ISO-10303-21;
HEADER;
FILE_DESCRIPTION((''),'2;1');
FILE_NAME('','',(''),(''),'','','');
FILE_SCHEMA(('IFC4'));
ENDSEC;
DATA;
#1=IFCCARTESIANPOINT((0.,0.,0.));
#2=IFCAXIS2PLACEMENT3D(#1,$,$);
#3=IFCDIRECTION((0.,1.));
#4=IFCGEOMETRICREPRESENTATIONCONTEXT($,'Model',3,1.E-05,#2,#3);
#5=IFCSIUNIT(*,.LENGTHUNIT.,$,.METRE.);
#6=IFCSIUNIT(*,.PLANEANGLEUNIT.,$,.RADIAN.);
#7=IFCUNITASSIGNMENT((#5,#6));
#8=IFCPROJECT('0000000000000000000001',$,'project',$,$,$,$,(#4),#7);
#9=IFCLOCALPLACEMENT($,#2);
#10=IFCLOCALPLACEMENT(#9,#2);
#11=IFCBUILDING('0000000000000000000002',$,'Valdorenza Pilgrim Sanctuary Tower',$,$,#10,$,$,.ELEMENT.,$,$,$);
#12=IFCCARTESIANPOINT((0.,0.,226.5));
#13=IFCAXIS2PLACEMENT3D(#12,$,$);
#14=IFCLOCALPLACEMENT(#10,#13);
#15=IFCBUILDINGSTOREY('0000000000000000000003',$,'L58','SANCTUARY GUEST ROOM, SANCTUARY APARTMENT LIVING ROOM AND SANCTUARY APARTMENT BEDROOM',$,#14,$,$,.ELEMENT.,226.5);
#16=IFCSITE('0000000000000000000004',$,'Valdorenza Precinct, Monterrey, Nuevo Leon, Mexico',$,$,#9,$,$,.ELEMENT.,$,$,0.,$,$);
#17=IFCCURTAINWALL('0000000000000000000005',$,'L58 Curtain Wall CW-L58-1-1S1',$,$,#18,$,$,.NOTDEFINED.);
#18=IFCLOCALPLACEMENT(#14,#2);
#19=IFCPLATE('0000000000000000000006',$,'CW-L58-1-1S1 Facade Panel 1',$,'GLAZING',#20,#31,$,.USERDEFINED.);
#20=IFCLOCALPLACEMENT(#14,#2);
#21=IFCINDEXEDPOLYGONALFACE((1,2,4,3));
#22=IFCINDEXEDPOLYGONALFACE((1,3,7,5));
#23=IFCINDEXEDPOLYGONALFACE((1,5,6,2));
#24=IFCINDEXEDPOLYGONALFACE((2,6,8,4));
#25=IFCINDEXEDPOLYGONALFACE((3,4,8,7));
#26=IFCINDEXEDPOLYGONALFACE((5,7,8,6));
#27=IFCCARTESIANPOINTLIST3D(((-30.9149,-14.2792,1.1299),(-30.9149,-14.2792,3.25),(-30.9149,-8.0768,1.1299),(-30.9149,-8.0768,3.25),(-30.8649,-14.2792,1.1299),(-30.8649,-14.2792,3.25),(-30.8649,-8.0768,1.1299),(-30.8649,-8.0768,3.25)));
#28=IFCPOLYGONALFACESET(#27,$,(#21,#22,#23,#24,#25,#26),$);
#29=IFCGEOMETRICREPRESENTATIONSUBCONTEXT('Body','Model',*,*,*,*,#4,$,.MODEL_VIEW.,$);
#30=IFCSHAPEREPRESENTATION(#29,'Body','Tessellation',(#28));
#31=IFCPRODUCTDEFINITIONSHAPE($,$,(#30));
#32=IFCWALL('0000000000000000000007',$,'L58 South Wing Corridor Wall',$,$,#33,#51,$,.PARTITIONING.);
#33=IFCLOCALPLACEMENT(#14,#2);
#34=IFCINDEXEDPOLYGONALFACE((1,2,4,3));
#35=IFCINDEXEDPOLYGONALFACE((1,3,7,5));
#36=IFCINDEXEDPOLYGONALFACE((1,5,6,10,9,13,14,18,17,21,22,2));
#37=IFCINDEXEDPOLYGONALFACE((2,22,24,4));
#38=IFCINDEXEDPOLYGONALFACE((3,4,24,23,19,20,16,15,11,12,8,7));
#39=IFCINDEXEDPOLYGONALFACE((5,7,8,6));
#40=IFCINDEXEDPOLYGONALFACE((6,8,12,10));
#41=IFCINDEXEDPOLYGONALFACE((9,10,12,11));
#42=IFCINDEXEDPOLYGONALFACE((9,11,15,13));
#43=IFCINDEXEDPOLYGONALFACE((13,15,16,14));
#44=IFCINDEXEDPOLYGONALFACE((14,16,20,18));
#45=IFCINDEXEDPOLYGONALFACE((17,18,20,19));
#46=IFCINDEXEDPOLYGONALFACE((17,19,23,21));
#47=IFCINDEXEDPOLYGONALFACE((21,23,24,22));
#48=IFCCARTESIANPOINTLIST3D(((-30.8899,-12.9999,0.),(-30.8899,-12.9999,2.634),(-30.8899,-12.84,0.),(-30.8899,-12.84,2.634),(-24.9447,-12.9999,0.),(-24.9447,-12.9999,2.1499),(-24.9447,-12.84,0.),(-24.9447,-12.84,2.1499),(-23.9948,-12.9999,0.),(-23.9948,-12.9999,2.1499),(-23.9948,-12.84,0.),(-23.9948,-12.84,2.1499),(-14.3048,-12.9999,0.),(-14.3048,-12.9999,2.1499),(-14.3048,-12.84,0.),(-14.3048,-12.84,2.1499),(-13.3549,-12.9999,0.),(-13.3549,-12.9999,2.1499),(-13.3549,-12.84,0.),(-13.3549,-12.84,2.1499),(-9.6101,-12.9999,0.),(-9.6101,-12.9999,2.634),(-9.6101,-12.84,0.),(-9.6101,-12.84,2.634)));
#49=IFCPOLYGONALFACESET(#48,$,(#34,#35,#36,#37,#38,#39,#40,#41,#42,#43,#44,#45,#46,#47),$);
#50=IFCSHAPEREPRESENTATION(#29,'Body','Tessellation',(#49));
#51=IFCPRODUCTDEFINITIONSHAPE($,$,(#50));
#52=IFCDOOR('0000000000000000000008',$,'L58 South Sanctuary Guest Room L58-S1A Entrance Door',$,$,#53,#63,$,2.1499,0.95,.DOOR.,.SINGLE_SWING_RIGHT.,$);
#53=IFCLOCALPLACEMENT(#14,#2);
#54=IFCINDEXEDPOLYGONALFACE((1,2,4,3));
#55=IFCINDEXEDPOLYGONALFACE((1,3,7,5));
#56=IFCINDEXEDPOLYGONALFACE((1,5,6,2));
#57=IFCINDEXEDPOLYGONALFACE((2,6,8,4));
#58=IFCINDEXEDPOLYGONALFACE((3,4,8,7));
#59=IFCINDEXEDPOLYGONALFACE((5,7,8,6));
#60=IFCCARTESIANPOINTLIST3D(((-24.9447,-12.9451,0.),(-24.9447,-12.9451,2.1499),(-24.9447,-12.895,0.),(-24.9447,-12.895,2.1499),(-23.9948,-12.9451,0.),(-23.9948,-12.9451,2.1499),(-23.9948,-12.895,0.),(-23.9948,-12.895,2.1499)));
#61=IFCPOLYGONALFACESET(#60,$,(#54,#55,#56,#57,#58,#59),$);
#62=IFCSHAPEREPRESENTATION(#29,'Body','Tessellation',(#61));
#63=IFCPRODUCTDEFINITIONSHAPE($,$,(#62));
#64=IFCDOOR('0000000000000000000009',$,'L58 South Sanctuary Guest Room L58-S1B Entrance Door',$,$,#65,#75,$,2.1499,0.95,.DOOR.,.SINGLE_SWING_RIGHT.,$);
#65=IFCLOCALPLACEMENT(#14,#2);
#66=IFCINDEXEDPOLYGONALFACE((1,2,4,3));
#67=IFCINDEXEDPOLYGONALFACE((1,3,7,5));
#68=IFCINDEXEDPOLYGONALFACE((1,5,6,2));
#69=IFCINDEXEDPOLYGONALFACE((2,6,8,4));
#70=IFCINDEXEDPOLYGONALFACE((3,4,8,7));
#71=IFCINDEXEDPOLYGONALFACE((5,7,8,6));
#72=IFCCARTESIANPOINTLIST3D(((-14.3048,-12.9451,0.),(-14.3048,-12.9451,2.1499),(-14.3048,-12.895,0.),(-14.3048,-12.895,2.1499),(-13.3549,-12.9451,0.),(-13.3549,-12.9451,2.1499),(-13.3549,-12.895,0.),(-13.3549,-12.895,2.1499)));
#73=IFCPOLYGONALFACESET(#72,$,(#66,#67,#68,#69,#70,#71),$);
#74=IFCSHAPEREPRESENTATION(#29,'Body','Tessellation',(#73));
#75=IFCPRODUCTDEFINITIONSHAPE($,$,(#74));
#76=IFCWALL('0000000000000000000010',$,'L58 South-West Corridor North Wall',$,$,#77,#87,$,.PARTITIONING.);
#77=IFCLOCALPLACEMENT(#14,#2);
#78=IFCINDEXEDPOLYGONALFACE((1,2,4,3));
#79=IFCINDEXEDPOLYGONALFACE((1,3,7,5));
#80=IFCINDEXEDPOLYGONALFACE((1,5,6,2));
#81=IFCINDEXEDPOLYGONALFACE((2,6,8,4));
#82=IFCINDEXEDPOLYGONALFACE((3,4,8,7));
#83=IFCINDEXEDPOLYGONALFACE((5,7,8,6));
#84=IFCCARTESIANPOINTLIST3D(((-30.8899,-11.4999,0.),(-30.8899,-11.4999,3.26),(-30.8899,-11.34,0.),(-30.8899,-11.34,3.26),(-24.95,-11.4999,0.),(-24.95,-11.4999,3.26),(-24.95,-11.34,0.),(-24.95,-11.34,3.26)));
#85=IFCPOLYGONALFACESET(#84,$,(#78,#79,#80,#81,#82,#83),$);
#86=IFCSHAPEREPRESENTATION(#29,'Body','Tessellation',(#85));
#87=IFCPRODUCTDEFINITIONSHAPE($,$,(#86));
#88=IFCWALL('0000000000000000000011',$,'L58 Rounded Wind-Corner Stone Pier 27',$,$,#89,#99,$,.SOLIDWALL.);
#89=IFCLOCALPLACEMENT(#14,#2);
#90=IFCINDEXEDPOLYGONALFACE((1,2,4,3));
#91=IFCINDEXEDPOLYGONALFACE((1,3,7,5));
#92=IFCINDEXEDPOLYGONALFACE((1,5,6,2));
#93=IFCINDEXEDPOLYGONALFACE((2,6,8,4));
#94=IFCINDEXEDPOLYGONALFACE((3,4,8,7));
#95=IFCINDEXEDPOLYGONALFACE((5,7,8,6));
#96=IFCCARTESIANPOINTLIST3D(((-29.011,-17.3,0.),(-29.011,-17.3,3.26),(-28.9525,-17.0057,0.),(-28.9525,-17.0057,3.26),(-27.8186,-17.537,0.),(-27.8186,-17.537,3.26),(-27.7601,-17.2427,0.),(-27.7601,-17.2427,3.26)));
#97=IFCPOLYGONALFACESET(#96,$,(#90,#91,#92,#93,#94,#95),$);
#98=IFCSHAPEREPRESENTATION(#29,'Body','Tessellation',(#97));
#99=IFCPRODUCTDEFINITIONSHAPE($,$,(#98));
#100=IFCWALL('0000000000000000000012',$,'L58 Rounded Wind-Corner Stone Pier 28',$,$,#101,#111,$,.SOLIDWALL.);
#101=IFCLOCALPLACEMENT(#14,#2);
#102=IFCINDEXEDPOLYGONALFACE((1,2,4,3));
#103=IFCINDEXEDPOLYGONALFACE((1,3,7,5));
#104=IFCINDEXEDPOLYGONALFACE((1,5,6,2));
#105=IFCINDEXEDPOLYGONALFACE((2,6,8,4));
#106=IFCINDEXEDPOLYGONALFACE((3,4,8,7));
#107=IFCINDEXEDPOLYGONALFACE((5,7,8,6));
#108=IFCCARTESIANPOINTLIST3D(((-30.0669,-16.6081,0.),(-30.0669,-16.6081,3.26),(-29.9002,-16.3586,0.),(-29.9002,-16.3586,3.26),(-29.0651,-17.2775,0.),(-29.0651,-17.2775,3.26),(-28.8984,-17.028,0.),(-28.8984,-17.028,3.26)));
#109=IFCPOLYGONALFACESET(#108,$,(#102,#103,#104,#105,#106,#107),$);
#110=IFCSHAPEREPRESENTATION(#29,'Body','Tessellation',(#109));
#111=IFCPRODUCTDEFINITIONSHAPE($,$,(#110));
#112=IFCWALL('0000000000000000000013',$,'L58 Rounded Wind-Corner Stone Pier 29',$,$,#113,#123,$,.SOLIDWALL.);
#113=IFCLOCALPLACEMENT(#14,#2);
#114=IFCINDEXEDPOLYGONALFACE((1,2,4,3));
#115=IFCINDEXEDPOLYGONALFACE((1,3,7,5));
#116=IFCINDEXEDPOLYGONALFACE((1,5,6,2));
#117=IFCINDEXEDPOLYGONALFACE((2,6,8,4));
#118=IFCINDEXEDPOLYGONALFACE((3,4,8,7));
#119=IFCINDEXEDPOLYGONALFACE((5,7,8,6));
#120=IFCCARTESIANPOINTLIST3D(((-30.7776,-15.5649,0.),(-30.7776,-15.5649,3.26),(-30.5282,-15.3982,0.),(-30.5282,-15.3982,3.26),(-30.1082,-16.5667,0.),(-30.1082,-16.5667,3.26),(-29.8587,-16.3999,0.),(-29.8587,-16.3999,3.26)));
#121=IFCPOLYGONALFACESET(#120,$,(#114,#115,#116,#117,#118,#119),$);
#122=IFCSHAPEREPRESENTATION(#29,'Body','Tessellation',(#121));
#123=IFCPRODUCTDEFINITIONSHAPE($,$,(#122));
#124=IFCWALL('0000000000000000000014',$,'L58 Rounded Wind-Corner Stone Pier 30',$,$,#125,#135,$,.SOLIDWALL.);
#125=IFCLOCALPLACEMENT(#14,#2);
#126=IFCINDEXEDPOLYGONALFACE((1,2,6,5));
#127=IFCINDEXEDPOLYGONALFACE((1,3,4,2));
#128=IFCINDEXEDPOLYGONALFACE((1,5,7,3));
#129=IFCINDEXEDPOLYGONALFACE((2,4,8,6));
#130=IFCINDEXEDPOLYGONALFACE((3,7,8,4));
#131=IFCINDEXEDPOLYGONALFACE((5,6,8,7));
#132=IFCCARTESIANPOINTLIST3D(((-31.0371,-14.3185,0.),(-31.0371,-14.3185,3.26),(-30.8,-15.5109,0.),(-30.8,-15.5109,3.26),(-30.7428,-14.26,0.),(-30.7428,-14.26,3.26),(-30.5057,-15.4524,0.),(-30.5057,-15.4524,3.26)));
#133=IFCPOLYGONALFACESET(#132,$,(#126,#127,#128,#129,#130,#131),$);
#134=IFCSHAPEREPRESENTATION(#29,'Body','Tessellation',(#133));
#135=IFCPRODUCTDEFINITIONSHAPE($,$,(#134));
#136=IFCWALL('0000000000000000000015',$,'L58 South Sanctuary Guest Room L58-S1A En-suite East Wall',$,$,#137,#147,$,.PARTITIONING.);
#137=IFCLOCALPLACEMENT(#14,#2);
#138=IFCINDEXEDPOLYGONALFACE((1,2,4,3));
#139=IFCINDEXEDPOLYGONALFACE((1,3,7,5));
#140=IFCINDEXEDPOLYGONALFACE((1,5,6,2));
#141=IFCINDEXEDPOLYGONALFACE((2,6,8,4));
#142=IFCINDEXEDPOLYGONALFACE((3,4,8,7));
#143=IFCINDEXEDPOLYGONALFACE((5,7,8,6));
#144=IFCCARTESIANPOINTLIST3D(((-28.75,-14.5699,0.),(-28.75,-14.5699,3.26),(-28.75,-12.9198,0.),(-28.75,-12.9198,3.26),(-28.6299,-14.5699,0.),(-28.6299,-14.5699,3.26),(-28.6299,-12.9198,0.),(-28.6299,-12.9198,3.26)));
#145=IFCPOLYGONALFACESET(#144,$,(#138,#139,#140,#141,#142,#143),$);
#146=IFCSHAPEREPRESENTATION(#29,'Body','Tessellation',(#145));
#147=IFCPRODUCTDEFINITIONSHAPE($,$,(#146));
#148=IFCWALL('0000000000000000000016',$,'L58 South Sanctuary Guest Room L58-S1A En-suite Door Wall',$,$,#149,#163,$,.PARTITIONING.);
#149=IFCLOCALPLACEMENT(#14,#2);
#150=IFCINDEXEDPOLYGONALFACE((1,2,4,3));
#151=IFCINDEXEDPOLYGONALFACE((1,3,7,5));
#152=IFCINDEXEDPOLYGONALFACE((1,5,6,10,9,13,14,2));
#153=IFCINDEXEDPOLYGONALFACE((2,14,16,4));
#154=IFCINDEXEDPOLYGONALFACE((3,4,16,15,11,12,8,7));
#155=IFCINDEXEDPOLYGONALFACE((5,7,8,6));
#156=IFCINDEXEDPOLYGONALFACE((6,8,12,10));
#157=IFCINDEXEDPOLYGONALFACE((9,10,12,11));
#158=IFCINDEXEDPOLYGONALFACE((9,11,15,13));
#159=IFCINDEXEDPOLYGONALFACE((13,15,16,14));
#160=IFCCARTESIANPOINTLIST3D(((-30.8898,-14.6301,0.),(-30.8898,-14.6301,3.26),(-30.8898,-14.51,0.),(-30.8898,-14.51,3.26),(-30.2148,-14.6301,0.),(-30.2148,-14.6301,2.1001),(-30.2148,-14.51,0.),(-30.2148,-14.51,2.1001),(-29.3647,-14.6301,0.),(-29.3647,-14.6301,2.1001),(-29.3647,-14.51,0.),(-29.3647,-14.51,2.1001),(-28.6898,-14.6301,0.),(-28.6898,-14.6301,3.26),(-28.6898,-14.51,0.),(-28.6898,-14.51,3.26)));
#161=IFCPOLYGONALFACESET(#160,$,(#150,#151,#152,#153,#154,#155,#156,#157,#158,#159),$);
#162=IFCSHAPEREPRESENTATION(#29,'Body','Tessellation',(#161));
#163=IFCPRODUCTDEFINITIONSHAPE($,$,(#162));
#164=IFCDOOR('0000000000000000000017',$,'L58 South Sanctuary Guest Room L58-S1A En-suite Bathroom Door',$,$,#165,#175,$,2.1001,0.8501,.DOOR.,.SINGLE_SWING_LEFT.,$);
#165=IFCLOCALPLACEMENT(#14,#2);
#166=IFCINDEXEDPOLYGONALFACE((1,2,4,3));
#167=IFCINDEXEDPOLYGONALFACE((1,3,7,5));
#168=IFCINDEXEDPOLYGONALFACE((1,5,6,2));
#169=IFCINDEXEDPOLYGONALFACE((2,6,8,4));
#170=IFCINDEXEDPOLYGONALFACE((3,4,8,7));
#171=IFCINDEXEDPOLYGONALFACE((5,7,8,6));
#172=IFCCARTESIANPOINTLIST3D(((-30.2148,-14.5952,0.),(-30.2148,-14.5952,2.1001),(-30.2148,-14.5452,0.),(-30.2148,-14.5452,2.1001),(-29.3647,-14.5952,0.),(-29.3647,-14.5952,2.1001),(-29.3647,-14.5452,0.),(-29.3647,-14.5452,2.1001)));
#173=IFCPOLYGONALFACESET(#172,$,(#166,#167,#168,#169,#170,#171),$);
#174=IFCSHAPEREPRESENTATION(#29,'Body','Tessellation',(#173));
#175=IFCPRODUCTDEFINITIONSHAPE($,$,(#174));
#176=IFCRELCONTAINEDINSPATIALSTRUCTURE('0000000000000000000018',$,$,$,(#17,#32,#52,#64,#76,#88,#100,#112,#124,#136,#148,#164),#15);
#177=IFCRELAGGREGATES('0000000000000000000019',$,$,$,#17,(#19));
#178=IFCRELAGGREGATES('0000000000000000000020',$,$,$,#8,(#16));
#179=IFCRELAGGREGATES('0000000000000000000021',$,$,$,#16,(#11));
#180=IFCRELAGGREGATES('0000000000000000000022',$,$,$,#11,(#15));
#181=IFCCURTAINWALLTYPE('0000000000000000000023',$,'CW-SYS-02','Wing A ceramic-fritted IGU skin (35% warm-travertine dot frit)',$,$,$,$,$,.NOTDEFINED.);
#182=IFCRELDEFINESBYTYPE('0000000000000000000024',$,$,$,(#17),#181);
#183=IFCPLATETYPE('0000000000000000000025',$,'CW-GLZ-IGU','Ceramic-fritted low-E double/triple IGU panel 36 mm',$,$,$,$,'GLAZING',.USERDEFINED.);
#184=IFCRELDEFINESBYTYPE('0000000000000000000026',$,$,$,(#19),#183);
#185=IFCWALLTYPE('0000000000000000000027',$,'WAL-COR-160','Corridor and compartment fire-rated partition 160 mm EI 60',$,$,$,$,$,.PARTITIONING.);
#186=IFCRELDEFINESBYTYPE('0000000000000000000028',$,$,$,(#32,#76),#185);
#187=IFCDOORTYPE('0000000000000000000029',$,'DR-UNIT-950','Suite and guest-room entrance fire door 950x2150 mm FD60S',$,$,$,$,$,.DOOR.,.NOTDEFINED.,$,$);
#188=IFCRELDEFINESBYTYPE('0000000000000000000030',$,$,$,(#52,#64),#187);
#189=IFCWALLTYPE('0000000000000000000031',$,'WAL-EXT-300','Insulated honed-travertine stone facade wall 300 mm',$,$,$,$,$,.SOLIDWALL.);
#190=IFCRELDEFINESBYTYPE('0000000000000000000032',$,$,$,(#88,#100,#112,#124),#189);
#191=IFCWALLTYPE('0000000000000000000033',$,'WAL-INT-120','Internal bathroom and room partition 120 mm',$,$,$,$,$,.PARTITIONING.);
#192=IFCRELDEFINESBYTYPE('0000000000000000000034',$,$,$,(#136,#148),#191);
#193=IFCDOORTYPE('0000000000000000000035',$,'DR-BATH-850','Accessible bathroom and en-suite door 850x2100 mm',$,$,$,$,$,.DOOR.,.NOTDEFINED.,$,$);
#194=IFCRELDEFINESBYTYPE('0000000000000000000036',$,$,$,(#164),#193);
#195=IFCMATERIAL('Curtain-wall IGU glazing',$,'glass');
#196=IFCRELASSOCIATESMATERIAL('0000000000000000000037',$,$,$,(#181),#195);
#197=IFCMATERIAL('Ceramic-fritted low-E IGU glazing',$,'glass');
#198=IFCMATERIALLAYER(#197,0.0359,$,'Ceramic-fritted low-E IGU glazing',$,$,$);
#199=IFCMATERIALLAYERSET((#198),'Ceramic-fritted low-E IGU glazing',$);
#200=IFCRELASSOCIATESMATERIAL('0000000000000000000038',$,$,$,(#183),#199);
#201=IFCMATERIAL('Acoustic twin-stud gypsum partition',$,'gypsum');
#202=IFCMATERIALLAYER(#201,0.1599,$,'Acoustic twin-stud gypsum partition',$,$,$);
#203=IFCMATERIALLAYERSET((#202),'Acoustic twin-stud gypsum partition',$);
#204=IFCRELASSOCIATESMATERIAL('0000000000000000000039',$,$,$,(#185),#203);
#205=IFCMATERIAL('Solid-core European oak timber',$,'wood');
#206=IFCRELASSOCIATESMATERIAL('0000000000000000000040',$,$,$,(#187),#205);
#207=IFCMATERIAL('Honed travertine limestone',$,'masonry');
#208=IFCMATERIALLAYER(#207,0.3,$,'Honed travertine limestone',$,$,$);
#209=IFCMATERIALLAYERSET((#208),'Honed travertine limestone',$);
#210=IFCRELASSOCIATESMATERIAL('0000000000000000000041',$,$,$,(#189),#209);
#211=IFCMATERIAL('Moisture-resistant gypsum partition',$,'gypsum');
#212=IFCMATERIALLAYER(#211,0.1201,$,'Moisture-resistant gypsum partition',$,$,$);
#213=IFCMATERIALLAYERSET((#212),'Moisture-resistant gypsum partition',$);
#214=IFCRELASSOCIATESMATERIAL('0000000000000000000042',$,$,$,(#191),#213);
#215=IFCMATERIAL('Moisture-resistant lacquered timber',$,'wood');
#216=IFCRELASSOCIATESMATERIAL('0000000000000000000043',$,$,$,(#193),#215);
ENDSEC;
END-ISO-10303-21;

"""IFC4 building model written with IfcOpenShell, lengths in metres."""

from ifc_helpers import new_model, si_unit, direction, frame, frame_2d, origin, origin_2d, place, context, subcontext, project, spatial, rectangle, extrude, source, transform, mapped, material, layer, layer_set, type_object, element, fill, aggregate, save


model = new_model("IFC4")

# Units and contexts
model_context = context("Model", 3, precision=1e-05, world=origin(), true_north=direction((0.0, 1.0)))
body_context = subcontext(model_context, "Body", "Model", "MODEL_VIEW")
ifc_project = project(units=[si_unit("LENGTHUNIT", "METRE"), si_unit("PLANEANGLEUNIT", "RADIAN")], contexts=[model_context])

# Site, building, storey
site_placement = place(None, origin())
site = spatial("IfcSite", under=ifc_project, at=site_placement, Name="Valdorenza Precinct, Monterrey, Nuevo Leon, Mexico", CompositionType="ELEMENT", RefElevation=0.0)
building_placement = place(site_placement, origin())
building = spatial("IfcBuilding", under=site, at=building_placement, Name="Valdorenza Pilgrim Sanctuary Tower", CompositionType="ELEMENT")
storey_placement = place(building_placement, frame((0.0, 0.0, 226.5)))
storey = spatial("IfcBuildingStorey", under=building, at=storey_placement, Name="L58", Description="SANCTUARY GUEST ROOM, SANCTUARY APARTMENT LIVING ROOM AND SANCTUARY APARTMENT BEDROOM", CompositionType="ELEMENT", Elevation=226.5)

# Curtain wall
ifc_material_1 = material(Name="Curtain-wall IGU glazing", Category="glass")
curtain_wall_type = type_object("IfcCurtainWallType", Name="CW-SYS-02", Description="Wing A ceramic-fritted IGU skin (35% warm-travertine dot frit)", PredefinedType="NOTDEFINED", material=ifc_material_1)
curtain_wall_1_placement = place(storey_placement, origin())
curtain_wall_1 = element("IfcCurtainWall", 1, at=curtain_wall_1_placement, inside=storey, type_object=curtain_wall_type, Name="L58 Curtain Wall CW-L58-1-1S1", PredefinedType="NOTDEFINED")

# Shared definitions
ifc_material_2 = material(Name="Honed travertine limestone", Category="masonry")

# Plate
ifc_material_3 = material(Name="Ceramic-fritted low-E IGU glazing", Category="glass")
ifc_layer_1 = layer(ifc_material_3, 0.0359, Name="Ceramic-fritted low-E IGU glazing")
ifc_layer_set_1 = layer_set([ifc_layer_1], Name="Ceramic-fritted low-E IGU glazing")
plate_type_1 = type_object("IfcPlateType", Name="CW-GLZ-IGU", Description="Ceramic-fritted low-E double/triple IGU panel 36 mm", ElementType="GLAZING", PredefinedType="USERDEFINED", material=ifc_layer_set_1)
shared_shape_1 = source(origin(), body_context, "Body", "SweptSolid", [
    extrude(rectangle(XDim=6.2024, YDim=0.05, at=origin_2d()), origin(), (0.0, 0.0, 1.0), 2.1201),
])
plate_1_placement = place(storey_placement, frame((-30.8899, -11.178, 1.1299), z_axis=(0.0, 0.0, 1.0), x_axis=(0.0, 1.0, 0.0)))
plate_1 = element("IfcPlate", 2, at=plate_1_placement, type_object=plate_type_1, Name="CW-L58-1-1S1 Facade Panel 1", ObjectType="GLAZING", PredefinedType="USERDEFINED", context=body_context, shape_type="MappedRepresentation", body=[
    mapped(shared_shape_1, transform((0.0, 0.0, 0.0), x_axis=(1.0, 0.0, 0.0), y_axis=(0.0, 1.0, 0.0), z_axis=(0.0, 0.0, 1.0), scale=1.0)),
])
aggregate(curtain_wall_1, [plate_1])

# Wall, openings, doors
ifc_material_4 = material(Name="Acoustic twin-stud gypsum partition", Category="gypsum")
ifc_layer_2 = layer(ifc_material_4, 0.1599, Name="Acoustic twin-stud gypsum partition")
ifc_layer_set_2 = layer_set([ifc_layer_2], Name="Acoustic twin-stud gypsum partition")
wall_type_1 = type_object("IfcWallType", Name="WAL-COR-160", Description="Corridor and compartment fire-rated partition 160 mm EI 60", PredefinedType="PARTITIONING", material=ifc_layer_set_2)
wall_1_placement = place(storey_placement, frame((-30.8899, -12.9199, 0.0), z_axis=(0.0, 0.0, 1.0), x_axis=(1.0, 0.0, 0.0)))
wall_1 = element("IfcWall", 3, at=wall_1_placement, inside=storey, type_object=wall_type_1, Name="L58 South Wing Corridor Wall", PredefinedType="PARTITIONING", context=body_context, shape_type="SweptSolid", body=[
    extrude(rectangle(XDim=21.2798, YDim=0.1599, at=frame_2d((10.6399, 0.0))), origin(), (0.0, 0.0, 1.0), 2.634),
])
opening_1_placement = place(wall_1_placement, frame((5.9451, 0.0, 0.0)))
opening_1 = element("IfcOpeningElement", 4, at=opening_1_placement, cuts=wall_1, PredefinedType="OPENING", context=body_context, shape_type="SweptSolid", body=[
    extrude(rectangle(XDim=0.95, YDim=2.1499, at=frame_2d((0.4751, 1.075))), frame((0.0, 0.0947, 0.0), z_axis=(0.0, -1.0, 0.0), x_axis=(1.0, 0.0, 0.0)), (0.0, 0.0, 1.0), 0.1897),
])
opening_2_placement = place(wall_1_placement, frame((16.585, 0.0, 0.0)))
opening_2 = element("IfcOpeningElement", 5, at=opening_2_placement, cuts=wall_1, PredefinedType="OPENING", context=body_context, shape_type="SweptSolid", body=[
    extrude(rectangle(XDim=0.95, YDim=2.1499, at=frame_2d((0.4751, 1.075))), frame((0.0, 0.0947, 0.0), z_axis=(0.0, -1.0, 0.0), x_axis=(1.0, 0.0, 0.0)), (0.0, 0.0, 1.0), 0.1897),
])
ifc_material_5 = material(Name="Solid-core European oak timber", Category="wood")
door_type_1 = type_object("IfcDoorType", Name="DR-UNIT-950", Description="Suite and guest-room entrance fire door 950x2150 mm FD60S", OperationType="NOTDEFINED", PredefinedType="DOOR", material=ifc_material_5)
door_1_placement = place(opening_1_placement, origin())
door_1 = element("IfcDoor", 6, at=door_1_placement, inside=storey, type_object=door_type_1, Name="L58 South Sanctuary Guest Room L58-S1A Entrance Door", OperationType="SINGLE_SWING_RIGHT", OverallHeight=2.1499, OverallWidth=0.95, PredefinedType="DOOR", context=body_context, shape_type="SweptSolid", body=[
    extrude(rectangle(XDim=0.95, YDim=2.1499, at=frame_2d((0.4751, 1.075))), frame((0.0, 0.0249, 0.0), z_axis=(0.0, -1.0, 0.0), x_axis=(1.0, 0.0, 0.0)), (0.0, 0.0, 1.0), 0.05),
])
fill(opening_1, door_1)
door_2_placement = place(opening_2_placement, origin())
door_2 = element("IfcDoor", 7, at=door_2_placement, inside=storey, type_object=door_type_1, Name="L58 South Sanctuary Guest Room L58-S1B Entrance Door", OperationType="SINGLE_SWING_RIGHT", OverallHeight=2.1499, OverallWidth=0.95, PredefinedType="DOOR", context=body_context, shape_type="SweptSolid", body=[
    extrude(rectangle(XDim=0.95, YDim=2.1499, at=frame_2d((0.4751, 1.075))), frame((0.0, 0.0249, 0.0), z_axis=(0.0, -1.0, 0.0), x_axis=(1.0, 0.0, 0.0)), (0.0, 0.0, 1.0), 0.05),
])
fill(opening_2, door_2)

# Walls
wall_2_placement = place(storey_placement, frame((-30.8899, -11.4199, 0.0), z_axis=(0.0, 0.0, 1.0), x_axis=(1.0, 0.0, 0.0)))
element("IfcWall", 8, at=wall_2_placement, inside=storey, type_object=wall_type_1, Name="L58 South-West Corridor North Wall", PredefinedType="PARTITIONING", context=body_context, shape_type="SweptSolid", body=[
    extrude(rectangle(XDim=5.9399, YDim=0.1599, at=frame_2d((2.97, 0.0))), origin(), (0.0, 0.0, 1.0), 3.26),
])
ifc_layer_3 = layer(ifc_material_2, 0.3, Name="Honed travertine limestone")
ifc_layer_set_3 = layer_set([ifc_layer_3], Name="Honed travertine limestone")
wall_type_2 = type_object("IfcWallType", Name="WAL-EXT-300", Description="Insulated honed-travertine stone facade wall 300 mm", PredefinedType="SOLIDWALL", material=ifc_layer_set_3)
wall_3_placement = place(storey_placement, frame((-27.7893, -17.3899, 0.0), z_axis=(0.0, 0.0, 1.0), x_axis=(-0.980804, 0.194996, 0.0)))
element("IfcWall", 9, at=wall_3_placement, inside=storey, type_object=wall_type_2, Name="L58 Rounded Wind-Corner Stone Pier 27", PredefinedType="SOLIDWALL", context=body_context, shape_type="SweptSolid", body=[
    extrude(rectangle(XDim=1.2158, YDim=0.3, at=frame_2d((0.6079, 0.0))), origin(), (0.0, 0.0, 1.0), 3.26),
])
for number, where, z_axis, x_axis, name in (
    (10, (-28.9817, -17.1528, 0.0), (0.0, 0.0, 1.0), (-0.831426, 0.555635, 0.0), "L58 Rounded Wind-Corner Stone Pier 28"),
    (11, (-29.9834, -16.4834, 0.0), (0.0, 0.0, 1.0), (-0.555635, 0.831426, 0.0), "L58 Rounded Wind-Corner Stone Pier 29"),
):
    element("IfcWall", number, at=place(storey_placement, frame(where, z_axis=z_axis, x_axis=x_axis)), inside=storey, type_object=wall_type_2, Name=name, PredefinedType="SOLIDWALL", context=body_context, shape_type="SweptSolid", body=[
        extrude(rectangle(XDim=1.2048, YDim=0.3, at=frame_2d((0.6025, 0.0))), origin(), (0.0, 0.0, 1.0), 3.26),
    ])
wall_4_placement = place(storey_placement, frame((-30.6528, -15.4817, 0.0), z_axis=(0.0, 0.0, 1.0), x_axis=(-0.194996, 0.980804, 0.0)))
element("IfcWall", 12, at=wall_4_placement, inside=storey, type_object=wall_type_2, Name="L58 Rounded Wind-Corner Stone Pier 30", PredefinedType="SOLIDWALL", context=body_context, shape_type="SweptSolid", body=[
    extrude(rectangle(XDim=1.2158, YDim=0.3, at=frame_2d((0.6079, 0.0))), origin(), (0.0, 0.0, 1.0), 3.26),
])
ifc_material_6 = material(Name="Moisture-resistant gypsum partition", Category="gypsum")
ifc_layer_4 = layer(ifc_material_6, 0.1201, Name="Moisture-resistant gypsum partition")
ifc_layer_set_4 = layer_set([ifc_layer_4], Name="Moisture-resistant gypsum partition")
wall_type_3 = type_object("IfcWallType", Name="WAL-INT-120", Description="Internal bathroom and room partition 120 mm", PredefinedType="PARTITIONING", material=ifc_layer_set_4)
wall_5_placement = place(storey_placement, frame((-28.6899, -14.5701, 0.0), z_axis=(0.0, 0.0, 1.0), x_axis=(0.0, 1.0, 0.0)))
element("IfcWall", 13, at=wall_5_placement, inside=storey, type_object=wall_type_3, Name="L58 South Sanctuary Guest Room L58-S1A En-suite East Wall", PredefinedType="PARTITIONING", context=body_context, shape_type="SweptSolid", body=[
    extrude(rectangle(XDim=1.6501, YDim=0.1201, at=frame_2d((0.8252, 0.0))), origin(), (0.0, 0.0, 1.0), 3.26),
])

# Wall, opening, door
wall_6_placement = place(storey_placement, frame((-30.8899, -14.5701, 0.0), z_axis=(0.0, 0.0, 1.0), x_axis=(1.0, 0.0, 0.0)))
wall_6 = element("IfcWall", 14, at=wall_6_placement, inside=storey, type_object=wall_type_3, Name="L58 South Sanctuary Guest Room L58-S1A En-suite Door Wall", PredefinedType="PARTITIONING", context=body_context, shape_type="SweptSolid", body=[
    extrude(rectangle(XDim=2.2, YDim=0.1201, at=frame_2d((1.1001, 0.0))), origin(), (0.0, 0.0, 1.0), 3.26),
])
opening_3_placement = place(wall_6_placement, frame((0.675, 0.0, 0.0)))
opening_3 = element("IfcOpeningElement", 15, at=opening_3_placement, cuts=wall_6, PredefinedType="OPENING", context=body_context, shape_type="SweptSolid", body=[
    extrude(rectangle(XDim=0.8501, YDim=2.1001, at=frame_2d((0.425, 1.05))), frame((0.0, 0.075, 0.0), z_axis=(0.0, -1.0, 0.0), x_axis=(1.0, 0.0, 0.0)), (0.0, 0.0, 1.0), 0.1499),
])
ifc_material_7 = material(Name="Moisture-resistant lacquered timber", Category="wood")
door_type_2 = type_object("IfcDoorType", Name="DR-BATH-850", Description="Accessible bathroom and en-suite door 850x2100 mm", OperationType="NOTDEFINED", PredefinedType="DOOR", material=ifc_material_7)
door_3_placement = place(opening_3_placement, origin())
door_3 = element("IfcDoor", 16, at=door_3_placement, inside=storey, type_object=door_type_2, Name="L58 South Sanctuary Guest Room L58-S1A En-suite Bathroom Door", OperationType="SINGLE_SWING_LEFT", OverallHeight=2.1001, OverallWidth=0.8501, PredefinedType="DOOR", context=body_context, shape_type="SweptSolid", body=[
    extrude(rectangle(XDim=0.8501, YDim=2.1001, at=frame_2d((0.425, 1.05))), frame((0.0, 0.0249, 0.0), z_axis=(0.0, -1.0, 0.0), x_axis=(1.0, 0.0, 0.0)), (0.0, 0.0, 1.0), 0.05),
])
fill(opening_3, door_3)

save(model, "model.ifc")
